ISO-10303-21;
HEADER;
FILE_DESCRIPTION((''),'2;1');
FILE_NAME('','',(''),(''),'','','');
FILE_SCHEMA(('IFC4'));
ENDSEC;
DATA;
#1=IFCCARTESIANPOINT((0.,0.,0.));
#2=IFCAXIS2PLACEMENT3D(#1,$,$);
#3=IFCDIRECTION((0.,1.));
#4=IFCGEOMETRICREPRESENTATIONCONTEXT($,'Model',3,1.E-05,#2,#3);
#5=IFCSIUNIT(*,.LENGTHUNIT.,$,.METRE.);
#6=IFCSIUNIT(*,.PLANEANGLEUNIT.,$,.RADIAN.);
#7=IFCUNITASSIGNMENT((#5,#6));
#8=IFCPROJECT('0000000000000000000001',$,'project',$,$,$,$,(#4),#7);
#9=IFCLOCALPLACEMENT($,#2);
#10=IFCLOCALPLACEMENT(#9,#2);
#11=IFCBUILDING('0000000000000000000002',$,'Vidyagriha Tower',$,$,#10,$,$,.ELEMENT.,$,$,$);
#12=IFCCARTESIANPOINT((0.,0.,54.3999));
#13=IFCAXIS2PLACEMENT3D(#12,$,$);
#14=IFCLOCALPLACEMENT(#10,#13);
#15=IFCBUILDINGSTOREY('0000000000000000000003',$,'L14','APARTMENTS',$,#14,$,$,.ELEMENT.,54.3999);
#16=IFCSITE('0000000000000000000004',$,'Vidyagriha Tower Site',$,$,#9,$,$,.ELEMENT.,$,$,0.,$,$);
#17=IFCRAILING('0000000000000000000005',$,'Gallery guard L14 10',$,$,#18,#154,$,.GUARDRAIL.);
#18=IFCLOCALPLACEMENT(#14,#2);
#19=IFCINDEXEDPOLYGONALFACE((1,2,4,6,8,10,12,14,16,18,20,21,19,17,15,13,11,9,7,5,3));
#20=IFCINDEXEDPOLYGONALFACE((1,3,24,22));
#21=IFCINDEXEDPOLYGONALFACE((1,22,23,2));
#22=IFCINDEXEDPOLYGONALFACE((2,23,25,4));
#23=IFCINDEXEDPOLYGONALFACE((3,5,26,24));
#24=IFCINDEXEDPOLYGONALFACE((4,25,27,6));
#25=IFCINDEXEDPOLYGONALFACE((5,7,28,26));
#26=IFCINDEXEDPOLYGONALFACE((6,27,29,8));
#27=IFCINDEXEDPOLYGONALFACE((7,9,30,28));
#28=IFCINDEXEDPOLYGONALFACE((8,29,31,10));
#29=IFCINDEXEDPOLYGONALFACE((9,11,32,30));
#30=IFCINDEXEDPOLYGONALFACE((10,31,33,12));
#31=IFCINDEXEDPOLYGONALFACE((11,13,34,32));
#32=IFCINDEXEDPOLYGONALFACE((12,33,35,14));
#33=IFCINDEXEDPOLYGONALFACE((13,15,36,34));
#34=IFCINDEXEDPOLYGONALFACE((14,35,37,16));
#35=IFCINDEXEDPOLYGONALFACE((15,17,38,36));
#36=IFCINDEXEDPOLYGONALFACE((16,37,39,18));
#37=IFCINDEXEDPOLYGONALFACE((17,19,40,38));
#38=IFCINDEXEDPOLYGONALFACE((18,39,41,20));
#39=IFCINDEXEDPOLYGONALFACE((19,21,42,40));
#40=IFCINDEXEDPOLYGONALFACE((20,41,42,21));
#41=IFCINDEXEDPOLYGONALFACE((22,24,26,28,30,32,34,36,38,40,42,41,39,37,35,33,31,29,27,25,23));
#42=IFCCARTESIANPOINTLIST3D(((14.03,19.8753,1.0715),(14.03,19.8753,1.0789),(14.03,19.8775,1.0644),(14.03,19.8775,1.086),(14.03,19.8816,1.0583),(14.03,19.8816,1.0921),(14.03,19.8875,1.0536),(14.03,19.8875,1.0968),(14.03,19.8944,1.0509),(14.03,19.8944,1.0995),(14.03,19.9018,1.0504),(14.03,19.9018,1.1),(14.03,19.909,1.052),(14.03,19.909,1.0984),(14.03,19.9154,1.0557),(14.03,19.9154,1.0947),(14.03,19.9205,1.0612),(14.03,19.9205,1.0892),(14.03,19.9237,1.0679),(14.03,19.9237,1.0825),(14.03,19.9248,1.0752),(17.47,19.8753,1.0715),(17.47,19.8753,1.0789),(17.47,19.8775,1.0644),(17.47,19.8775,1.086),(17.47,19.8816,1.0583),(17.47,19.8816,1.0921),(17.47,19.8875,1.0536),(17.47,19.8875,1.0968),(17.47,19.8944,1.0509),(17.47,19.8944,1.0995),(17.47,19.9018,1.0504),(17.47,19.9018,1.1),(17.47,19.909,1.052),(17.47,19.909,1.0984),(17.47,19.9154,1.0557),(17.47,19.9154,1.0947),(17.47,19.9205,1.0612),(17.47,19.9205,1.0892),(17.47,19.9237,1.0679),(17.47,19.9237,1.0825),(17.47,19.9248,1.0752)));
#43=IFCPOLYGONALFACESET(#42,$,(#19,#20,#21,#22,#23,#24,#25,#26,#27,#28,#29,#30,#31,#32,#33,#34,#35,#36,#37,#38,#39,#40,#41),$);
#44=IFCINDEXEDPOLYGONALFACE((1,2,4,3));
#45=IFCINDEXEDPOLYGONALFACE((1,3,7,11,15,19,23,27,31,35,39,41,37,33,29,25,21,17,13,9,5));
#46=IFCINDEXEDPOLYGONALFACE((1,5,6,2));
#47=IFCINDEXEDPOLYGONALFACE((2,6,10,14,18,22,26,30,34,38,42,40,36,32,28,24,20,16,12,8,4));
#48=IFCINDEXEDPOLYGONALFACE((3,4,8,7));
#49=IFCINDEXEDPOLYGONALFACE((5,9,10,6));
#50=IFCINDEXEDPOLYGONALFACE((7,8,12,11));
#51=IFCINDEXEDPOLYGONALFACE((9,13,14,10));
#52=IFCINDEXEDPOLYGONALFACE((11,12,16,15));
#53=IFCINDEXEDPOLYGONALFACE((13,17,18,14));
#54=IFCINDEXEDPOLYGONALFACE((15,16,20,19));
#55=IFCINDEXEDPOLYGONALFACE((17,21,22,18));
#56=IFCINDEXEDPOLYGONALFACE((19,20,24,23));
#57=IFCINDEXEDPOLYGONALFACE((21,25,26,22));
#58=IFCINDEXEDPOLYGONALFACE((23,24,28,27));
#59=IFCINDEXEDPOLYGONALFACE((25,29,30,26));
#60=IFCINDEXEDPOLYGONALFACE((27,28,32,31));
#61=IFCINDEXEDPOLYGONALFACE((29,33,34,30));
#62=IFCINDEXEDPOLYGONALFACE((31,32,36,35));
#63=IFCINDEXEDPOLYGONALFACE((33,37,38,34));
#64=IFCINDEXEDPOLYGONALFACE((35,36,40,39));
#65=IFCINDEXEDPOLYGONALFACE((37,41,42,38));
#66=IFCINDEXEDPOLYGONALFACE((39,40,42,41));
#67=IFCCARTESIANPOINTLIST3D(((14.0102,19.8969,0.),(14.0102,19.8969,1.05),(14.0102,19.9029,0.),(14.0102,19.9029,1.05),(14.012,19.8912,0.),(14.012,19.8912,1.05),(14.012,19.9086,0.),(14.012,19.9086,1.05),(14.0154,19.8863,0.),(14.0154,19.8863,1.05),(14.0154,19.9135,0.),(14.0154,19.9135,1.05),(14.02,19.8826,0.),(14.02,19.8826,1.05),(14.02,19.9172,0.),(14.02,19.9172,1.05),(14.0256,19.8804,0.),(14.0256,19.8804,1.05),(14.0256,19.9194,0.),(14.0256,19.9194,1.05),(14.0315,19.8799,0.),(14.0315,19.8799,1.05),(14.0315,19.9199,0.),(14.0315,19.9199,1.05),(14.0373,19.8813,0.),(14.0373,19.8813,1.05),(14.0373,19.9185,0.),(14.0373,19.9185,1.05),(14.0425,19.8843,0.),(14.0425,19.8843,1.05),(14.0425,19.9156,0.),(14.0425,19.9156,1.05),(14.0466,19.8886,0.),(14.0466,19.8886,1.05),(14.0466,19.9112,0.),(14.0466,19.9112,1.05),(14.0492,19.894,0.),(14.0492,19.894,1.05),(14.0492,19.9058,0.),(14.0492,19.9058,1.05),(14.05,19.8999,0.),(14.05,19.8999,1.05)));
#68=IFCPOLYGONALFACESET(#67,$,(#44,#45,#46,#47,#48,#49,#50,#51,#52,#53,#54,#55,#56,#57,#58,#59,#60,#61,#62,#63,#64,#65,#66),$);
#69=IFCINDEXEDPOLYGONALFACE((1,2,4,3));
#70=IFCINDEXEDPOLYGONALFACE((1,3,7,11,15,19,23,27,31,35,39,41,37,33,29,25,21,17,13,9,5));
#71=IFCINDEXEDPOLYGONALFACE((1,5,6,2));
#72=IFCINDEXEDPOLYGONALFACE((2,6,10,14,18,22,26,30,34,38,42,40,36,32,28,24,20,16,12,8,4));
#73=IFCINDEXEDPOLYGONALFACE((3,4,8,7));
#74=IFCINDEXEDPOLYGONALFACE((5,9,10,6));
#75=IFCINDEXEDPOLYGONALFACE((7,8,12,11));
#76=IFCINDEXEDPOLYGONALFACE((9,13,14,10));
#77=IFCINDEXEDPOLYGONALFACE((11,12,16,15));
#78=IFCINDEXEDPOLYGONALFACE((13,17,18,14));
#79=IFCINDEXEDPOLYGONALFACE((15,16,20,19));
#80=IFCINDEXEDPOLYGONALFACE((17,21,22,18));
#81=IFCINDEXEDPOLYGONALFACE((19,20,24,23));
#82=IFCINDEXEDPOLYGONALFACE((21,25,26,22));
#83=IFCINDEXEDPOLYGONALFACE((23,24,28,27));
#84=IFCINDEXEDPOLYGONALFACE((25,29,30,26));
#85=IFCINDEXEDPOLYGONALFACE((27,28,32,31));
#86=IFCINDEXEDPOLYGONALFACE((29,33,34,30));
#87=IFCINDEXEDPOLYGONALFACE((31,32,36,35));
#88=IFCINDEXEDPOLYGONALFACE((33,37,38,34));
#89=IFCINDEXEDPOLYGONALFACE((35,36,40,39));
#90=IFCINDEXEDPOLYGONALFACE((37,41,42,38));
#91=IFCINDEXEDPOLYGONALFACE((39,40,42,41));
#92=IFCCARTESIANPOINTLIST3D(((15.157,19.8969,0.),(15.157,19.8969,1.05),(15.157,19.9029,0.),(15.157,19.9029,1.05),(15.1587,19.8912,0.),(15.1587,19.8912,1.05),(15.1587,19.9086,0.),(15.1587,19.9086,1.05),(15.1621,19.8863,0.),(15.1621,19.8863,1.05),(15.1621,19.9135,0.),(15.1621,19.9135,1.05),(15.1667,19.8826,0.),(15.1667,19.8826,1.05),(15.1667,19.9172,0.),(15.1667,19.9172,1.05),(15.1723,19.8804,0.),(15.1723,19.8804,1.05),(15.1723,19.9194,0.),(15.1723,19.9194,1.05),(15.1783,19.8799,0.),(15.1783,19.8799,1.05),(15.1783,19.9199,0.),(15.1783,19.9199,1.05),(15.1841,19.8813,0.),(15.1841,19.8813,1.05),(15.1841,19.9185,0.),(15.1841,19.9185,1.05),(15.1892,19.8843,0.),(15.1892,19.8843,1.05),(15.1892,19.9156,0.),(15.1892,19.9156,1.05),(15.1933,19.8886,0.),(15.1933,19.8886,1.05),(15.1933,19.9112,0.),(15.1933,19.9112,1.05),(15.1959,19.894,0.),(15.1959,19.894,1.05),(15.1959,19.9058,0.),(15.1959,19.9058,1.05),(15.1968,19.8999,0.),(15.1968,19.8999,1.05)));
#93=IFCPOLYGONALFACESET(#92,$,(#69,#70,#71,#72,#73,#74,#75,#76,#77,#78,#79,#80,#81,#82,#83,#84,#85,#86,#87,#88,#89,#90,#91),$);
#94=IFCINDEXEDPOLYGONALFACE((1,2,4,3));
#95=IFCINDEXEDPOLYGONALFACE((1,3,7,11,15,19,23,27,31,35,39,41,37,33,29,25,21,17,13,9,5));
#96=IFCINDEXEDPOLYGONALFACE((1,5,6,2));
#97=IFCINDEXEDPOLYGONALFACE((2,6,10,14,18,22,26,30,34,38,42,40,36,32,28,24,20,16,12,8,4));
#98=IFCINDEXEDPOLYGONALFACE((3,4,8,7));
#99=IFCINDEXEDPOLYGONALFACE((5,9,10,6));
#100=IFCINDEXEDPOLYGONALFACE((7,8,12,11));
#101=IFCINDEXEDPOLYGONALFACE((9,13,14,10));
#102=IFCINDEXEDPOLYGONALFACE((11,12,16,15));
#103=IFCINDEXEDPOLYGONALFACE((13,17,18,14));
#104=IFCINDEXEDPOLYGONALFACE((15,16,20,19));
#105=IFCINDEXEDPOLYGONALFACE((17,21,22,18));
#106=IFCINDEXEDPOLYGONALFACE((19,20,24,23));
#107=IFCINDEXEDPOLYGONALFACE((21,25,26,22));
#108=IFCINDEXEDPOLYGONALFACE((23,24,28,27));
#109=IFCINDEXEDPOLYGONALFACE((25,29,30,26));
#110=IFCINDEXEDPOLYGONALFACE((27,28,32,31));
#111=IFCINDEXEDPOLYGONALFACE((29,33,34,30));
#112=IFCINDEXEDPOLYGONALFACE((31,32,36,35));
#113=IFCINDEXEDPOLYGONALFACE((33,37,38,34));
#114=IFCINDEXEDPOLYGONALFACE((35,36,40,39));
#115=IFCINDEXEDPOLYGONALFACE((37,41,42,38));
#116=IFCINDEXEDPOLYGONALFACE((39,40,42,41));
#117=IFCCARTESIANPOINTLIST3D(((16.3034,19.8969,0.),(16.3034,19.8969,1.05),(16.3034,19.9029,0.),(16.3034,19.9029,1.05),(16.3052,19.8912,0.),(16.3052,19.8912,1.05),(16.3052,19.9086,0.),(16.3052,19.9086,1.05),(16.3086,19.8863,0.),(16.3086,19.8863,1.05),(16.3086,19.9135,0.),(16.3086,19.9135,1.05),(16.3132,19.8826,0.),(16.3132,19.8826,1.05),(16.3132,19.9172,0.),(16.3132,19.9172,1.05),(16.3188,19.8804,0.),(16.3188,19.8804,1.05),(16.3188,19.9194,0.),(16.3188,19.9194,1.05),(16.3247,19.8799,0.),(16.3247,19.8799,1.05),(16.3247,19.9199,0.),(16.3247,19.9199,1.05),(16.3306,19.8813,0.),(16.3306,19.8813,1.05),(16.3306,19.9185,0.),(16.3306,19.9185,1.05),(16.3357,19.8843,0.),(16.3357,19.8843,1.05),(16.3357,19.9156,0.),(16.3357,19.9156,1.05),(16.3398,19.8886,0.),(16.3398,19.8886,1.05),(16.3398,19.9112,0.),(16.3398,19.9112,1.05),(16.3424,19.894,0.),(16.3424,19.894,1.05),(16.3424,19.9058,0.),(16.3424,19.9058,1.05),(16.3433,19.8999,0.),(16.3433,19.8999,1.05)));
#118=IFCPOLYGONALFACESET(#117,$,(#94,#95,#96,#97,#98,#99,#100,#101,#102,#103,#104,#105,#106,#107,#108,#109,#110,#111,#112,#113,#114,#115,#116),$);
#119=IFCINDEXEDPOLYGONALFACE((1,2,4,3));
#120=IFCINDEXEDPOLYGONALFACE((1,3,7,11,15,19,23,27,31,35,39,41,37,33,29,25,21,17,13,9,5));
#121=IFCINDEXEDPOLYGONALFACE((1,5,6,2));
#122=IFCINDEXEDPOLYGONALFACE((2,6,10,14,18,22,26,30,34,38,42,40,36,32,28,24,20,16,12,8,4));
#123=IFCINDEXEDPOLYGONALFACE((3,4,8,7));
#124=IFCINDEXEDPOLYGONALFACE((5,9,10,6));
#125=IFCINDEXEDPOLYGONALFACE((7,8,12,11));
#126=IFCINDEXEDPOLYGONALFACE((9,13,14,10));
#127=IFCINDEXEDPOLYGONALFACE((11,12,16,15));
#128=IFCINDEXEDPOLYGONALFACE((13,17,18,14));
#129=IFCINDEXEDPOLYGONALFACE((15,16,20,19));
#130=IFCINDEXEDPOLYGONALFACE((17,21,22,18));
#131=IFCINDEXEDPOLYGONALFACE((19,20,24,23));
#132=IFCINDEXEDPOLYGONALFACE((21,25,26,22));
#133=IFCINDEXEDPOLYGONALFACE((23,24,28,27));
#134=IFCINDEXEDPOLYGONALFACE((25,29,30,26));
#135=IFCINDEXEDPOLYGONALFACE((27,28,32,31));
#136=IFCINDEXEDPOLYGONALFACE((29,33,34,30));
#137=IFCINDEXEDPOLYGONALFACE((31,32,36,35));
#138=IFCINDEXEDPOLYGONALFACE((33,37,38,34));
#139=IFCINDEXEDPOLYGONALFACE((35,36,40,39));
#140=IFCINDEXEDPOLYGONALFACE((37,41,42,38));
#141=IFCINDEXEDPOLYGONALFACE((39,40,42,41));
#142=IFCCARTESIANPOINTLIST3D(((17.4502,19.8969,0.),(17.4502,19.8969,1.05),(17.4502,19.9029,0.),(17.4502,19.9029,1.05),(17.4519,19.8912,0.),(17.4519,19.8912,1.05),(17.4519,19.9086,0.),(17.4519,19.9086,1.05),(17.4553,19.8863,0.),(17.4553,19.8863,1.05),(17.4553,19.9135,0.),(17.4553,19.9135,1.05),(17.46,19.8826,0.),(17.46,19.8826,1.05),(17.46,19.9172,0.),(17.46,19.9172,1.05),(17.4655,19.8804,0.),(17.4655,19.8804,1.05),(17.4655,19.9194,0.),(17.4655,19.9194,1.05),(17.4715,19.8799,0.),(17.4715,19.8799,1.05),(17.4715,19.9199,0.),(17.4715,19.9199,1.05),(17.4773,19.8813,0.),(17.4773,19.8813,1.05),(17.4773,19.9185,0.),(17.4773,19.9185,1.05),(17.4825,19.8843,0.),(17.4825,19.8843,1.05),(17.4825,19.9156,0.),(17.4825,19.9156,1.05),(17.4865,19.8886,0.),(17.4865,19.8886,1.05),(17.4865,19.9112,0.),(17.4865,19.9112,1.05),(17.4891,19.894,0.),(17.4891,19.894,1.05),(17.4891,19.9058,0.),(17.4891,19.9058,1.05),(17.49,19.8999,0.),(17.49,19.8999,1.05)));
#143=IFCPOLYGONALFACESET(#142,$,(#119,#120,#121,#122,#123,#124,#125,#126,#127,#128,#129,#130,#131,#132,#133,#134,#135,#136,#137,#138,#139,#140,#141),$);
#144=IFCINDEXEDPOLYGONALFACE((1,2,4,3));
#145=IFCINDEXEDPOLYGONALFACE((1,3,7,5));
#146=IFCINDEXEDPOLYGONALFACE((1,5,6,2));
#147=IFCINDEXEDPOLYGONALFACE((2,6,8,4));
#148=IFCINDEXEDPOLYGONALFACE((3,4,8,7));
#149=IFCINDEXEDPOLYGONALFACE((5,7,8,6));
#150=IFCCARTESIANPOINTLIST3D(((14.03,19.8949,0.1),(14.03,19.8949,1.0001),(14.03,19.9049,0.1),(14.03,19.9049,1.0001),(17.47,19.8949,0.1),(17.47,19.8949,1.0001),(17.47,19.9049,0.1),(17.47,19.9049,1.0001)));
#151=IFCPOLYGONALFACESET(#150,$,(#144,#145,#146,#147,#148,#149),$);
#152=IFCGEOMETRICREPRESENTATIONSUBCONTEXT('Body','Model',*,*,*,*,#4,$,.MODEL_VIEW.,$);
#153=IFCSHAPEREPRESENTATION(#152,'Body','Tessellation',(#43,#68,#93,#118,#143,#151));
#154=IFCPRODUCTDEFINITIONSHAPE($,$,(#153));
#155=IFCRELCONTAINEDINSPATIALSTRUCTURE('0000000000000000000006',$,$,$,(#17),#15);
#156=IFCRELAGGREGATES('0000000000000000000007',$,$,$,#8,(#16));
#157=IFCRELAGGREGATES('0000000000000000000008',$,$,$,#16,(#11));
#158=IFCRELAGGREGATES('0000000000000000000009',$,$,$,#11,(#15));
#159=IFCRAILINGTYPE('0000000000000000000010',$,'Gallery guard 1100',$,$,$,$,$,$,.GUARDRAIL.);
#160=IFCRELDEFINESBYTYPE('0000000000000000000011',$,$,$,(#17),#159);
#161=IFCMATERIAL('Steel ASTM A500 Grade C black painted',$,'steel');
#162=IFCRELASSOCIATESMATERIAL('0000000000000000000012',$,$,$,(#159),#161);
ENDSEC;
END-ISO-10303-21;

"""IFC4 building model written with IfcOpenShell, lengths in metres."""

from ifc_helpers import new_model, si_unit, direction, frame, origin, origin_2d, place, context, subcontext, project, spatial, rectangle, circle, extrude, material, type_object, element, save


model = new_model("IFC4")

# Units and contexts
model_context = context("Model", 3, precision=1e-05, world=origin(), true_north=direction((0.0, 1.0)))
body_context = subcontext(model_context, "Body", "Model", "MODEL_VIEW")
ifc_project = project(units=[si_unit("LENGTHUNIT", "METRE"), si_unit("PLANEANGLEUNIT", "RADIAN")], contexts=[model_context])

# Site, building, storey
site_placement = place(None, origin())
site = spatial("IfcSite", under=ifc_project, at=site_placement, Name="Vidyagriha Tower Site", CompositionType="ELEMENT", RefElevation=0.0)
building_placement = place(site_placement, origin())
building = spatial("IfcBuilding", under=site, at=building_placement, Name="Vidyagriha Tower", CompositionType="ELEMENT")
storey_placement = place(building_placement, frame((0.0, 0.0, 54.3999)))
storey = spatial("IfcBuildingStorey", under=building, at=storey_placement, Name="L14", Description="APARTMENTS", CompositionType="ELEMENT", Elevation=54.3999)

# Railing
ifc_material_1 = material(Name="Steel ASTM A500 Grade C black painted", Category="steel")
railing_type_1 = type_object("IfcRailingType", Name="Gallery guard 1100", PredefinedType="GUARDRAIL", material=ifc_material_1)
railing_1_placement = place(storey_placement, frame((14.03, 19.8999, 0.0)))
element("IfcRailing", 1, at=railing_1_placement, inside=storey, type_object=railing_type_1, Name="Gallery guard L14 10", PredefinedType="GUARDRAIL", context=body_context, shape_type="SweptSolid", body=[
    extrude(circle(Radius=0.0249, at=origin_2d()), frame((0.0, 0.0, 1.0752), z_axis=(1.0, 0.0, 0.0), x_axis=(0.0, 1.0, 0.0)), (0.0, 0.0, 1.0), 3.4399),
    extrude(circle(Radius=0.02, at=origin_2d()), origin(), (0.0, 0.0, 1.0), 1.05),
    extrude(circle(Radius=0.02, at=origin_2d()), frame((1.1467, 0.0, 0.0)), (0.0, 0.0, 1.0), 1.05),
    extrude(circle(Radius=0.02, at=origin_2d()), frame((2.2932, 0.0, 0.0)), (0.0, 0.0, 1.0), 1.05),
    extrude(circle(Radius=0.02, at=origin_2d()), frame((3.4399, 0.0, 0.0)), (0.0, 0.0, 1.0), 1.05),
    extrude(rectangle(XDim=0.01, YDim=0.9001, at=origin_2d()), frame((0.0, 0.0, 0.55), z_axis=(1.0, 0.0, 0.0), x_axis=(0.0, 1.0, 0.0)), (0.0, 0.0, 1.0), 3.4399),
])

save(model, "model.ifc")
